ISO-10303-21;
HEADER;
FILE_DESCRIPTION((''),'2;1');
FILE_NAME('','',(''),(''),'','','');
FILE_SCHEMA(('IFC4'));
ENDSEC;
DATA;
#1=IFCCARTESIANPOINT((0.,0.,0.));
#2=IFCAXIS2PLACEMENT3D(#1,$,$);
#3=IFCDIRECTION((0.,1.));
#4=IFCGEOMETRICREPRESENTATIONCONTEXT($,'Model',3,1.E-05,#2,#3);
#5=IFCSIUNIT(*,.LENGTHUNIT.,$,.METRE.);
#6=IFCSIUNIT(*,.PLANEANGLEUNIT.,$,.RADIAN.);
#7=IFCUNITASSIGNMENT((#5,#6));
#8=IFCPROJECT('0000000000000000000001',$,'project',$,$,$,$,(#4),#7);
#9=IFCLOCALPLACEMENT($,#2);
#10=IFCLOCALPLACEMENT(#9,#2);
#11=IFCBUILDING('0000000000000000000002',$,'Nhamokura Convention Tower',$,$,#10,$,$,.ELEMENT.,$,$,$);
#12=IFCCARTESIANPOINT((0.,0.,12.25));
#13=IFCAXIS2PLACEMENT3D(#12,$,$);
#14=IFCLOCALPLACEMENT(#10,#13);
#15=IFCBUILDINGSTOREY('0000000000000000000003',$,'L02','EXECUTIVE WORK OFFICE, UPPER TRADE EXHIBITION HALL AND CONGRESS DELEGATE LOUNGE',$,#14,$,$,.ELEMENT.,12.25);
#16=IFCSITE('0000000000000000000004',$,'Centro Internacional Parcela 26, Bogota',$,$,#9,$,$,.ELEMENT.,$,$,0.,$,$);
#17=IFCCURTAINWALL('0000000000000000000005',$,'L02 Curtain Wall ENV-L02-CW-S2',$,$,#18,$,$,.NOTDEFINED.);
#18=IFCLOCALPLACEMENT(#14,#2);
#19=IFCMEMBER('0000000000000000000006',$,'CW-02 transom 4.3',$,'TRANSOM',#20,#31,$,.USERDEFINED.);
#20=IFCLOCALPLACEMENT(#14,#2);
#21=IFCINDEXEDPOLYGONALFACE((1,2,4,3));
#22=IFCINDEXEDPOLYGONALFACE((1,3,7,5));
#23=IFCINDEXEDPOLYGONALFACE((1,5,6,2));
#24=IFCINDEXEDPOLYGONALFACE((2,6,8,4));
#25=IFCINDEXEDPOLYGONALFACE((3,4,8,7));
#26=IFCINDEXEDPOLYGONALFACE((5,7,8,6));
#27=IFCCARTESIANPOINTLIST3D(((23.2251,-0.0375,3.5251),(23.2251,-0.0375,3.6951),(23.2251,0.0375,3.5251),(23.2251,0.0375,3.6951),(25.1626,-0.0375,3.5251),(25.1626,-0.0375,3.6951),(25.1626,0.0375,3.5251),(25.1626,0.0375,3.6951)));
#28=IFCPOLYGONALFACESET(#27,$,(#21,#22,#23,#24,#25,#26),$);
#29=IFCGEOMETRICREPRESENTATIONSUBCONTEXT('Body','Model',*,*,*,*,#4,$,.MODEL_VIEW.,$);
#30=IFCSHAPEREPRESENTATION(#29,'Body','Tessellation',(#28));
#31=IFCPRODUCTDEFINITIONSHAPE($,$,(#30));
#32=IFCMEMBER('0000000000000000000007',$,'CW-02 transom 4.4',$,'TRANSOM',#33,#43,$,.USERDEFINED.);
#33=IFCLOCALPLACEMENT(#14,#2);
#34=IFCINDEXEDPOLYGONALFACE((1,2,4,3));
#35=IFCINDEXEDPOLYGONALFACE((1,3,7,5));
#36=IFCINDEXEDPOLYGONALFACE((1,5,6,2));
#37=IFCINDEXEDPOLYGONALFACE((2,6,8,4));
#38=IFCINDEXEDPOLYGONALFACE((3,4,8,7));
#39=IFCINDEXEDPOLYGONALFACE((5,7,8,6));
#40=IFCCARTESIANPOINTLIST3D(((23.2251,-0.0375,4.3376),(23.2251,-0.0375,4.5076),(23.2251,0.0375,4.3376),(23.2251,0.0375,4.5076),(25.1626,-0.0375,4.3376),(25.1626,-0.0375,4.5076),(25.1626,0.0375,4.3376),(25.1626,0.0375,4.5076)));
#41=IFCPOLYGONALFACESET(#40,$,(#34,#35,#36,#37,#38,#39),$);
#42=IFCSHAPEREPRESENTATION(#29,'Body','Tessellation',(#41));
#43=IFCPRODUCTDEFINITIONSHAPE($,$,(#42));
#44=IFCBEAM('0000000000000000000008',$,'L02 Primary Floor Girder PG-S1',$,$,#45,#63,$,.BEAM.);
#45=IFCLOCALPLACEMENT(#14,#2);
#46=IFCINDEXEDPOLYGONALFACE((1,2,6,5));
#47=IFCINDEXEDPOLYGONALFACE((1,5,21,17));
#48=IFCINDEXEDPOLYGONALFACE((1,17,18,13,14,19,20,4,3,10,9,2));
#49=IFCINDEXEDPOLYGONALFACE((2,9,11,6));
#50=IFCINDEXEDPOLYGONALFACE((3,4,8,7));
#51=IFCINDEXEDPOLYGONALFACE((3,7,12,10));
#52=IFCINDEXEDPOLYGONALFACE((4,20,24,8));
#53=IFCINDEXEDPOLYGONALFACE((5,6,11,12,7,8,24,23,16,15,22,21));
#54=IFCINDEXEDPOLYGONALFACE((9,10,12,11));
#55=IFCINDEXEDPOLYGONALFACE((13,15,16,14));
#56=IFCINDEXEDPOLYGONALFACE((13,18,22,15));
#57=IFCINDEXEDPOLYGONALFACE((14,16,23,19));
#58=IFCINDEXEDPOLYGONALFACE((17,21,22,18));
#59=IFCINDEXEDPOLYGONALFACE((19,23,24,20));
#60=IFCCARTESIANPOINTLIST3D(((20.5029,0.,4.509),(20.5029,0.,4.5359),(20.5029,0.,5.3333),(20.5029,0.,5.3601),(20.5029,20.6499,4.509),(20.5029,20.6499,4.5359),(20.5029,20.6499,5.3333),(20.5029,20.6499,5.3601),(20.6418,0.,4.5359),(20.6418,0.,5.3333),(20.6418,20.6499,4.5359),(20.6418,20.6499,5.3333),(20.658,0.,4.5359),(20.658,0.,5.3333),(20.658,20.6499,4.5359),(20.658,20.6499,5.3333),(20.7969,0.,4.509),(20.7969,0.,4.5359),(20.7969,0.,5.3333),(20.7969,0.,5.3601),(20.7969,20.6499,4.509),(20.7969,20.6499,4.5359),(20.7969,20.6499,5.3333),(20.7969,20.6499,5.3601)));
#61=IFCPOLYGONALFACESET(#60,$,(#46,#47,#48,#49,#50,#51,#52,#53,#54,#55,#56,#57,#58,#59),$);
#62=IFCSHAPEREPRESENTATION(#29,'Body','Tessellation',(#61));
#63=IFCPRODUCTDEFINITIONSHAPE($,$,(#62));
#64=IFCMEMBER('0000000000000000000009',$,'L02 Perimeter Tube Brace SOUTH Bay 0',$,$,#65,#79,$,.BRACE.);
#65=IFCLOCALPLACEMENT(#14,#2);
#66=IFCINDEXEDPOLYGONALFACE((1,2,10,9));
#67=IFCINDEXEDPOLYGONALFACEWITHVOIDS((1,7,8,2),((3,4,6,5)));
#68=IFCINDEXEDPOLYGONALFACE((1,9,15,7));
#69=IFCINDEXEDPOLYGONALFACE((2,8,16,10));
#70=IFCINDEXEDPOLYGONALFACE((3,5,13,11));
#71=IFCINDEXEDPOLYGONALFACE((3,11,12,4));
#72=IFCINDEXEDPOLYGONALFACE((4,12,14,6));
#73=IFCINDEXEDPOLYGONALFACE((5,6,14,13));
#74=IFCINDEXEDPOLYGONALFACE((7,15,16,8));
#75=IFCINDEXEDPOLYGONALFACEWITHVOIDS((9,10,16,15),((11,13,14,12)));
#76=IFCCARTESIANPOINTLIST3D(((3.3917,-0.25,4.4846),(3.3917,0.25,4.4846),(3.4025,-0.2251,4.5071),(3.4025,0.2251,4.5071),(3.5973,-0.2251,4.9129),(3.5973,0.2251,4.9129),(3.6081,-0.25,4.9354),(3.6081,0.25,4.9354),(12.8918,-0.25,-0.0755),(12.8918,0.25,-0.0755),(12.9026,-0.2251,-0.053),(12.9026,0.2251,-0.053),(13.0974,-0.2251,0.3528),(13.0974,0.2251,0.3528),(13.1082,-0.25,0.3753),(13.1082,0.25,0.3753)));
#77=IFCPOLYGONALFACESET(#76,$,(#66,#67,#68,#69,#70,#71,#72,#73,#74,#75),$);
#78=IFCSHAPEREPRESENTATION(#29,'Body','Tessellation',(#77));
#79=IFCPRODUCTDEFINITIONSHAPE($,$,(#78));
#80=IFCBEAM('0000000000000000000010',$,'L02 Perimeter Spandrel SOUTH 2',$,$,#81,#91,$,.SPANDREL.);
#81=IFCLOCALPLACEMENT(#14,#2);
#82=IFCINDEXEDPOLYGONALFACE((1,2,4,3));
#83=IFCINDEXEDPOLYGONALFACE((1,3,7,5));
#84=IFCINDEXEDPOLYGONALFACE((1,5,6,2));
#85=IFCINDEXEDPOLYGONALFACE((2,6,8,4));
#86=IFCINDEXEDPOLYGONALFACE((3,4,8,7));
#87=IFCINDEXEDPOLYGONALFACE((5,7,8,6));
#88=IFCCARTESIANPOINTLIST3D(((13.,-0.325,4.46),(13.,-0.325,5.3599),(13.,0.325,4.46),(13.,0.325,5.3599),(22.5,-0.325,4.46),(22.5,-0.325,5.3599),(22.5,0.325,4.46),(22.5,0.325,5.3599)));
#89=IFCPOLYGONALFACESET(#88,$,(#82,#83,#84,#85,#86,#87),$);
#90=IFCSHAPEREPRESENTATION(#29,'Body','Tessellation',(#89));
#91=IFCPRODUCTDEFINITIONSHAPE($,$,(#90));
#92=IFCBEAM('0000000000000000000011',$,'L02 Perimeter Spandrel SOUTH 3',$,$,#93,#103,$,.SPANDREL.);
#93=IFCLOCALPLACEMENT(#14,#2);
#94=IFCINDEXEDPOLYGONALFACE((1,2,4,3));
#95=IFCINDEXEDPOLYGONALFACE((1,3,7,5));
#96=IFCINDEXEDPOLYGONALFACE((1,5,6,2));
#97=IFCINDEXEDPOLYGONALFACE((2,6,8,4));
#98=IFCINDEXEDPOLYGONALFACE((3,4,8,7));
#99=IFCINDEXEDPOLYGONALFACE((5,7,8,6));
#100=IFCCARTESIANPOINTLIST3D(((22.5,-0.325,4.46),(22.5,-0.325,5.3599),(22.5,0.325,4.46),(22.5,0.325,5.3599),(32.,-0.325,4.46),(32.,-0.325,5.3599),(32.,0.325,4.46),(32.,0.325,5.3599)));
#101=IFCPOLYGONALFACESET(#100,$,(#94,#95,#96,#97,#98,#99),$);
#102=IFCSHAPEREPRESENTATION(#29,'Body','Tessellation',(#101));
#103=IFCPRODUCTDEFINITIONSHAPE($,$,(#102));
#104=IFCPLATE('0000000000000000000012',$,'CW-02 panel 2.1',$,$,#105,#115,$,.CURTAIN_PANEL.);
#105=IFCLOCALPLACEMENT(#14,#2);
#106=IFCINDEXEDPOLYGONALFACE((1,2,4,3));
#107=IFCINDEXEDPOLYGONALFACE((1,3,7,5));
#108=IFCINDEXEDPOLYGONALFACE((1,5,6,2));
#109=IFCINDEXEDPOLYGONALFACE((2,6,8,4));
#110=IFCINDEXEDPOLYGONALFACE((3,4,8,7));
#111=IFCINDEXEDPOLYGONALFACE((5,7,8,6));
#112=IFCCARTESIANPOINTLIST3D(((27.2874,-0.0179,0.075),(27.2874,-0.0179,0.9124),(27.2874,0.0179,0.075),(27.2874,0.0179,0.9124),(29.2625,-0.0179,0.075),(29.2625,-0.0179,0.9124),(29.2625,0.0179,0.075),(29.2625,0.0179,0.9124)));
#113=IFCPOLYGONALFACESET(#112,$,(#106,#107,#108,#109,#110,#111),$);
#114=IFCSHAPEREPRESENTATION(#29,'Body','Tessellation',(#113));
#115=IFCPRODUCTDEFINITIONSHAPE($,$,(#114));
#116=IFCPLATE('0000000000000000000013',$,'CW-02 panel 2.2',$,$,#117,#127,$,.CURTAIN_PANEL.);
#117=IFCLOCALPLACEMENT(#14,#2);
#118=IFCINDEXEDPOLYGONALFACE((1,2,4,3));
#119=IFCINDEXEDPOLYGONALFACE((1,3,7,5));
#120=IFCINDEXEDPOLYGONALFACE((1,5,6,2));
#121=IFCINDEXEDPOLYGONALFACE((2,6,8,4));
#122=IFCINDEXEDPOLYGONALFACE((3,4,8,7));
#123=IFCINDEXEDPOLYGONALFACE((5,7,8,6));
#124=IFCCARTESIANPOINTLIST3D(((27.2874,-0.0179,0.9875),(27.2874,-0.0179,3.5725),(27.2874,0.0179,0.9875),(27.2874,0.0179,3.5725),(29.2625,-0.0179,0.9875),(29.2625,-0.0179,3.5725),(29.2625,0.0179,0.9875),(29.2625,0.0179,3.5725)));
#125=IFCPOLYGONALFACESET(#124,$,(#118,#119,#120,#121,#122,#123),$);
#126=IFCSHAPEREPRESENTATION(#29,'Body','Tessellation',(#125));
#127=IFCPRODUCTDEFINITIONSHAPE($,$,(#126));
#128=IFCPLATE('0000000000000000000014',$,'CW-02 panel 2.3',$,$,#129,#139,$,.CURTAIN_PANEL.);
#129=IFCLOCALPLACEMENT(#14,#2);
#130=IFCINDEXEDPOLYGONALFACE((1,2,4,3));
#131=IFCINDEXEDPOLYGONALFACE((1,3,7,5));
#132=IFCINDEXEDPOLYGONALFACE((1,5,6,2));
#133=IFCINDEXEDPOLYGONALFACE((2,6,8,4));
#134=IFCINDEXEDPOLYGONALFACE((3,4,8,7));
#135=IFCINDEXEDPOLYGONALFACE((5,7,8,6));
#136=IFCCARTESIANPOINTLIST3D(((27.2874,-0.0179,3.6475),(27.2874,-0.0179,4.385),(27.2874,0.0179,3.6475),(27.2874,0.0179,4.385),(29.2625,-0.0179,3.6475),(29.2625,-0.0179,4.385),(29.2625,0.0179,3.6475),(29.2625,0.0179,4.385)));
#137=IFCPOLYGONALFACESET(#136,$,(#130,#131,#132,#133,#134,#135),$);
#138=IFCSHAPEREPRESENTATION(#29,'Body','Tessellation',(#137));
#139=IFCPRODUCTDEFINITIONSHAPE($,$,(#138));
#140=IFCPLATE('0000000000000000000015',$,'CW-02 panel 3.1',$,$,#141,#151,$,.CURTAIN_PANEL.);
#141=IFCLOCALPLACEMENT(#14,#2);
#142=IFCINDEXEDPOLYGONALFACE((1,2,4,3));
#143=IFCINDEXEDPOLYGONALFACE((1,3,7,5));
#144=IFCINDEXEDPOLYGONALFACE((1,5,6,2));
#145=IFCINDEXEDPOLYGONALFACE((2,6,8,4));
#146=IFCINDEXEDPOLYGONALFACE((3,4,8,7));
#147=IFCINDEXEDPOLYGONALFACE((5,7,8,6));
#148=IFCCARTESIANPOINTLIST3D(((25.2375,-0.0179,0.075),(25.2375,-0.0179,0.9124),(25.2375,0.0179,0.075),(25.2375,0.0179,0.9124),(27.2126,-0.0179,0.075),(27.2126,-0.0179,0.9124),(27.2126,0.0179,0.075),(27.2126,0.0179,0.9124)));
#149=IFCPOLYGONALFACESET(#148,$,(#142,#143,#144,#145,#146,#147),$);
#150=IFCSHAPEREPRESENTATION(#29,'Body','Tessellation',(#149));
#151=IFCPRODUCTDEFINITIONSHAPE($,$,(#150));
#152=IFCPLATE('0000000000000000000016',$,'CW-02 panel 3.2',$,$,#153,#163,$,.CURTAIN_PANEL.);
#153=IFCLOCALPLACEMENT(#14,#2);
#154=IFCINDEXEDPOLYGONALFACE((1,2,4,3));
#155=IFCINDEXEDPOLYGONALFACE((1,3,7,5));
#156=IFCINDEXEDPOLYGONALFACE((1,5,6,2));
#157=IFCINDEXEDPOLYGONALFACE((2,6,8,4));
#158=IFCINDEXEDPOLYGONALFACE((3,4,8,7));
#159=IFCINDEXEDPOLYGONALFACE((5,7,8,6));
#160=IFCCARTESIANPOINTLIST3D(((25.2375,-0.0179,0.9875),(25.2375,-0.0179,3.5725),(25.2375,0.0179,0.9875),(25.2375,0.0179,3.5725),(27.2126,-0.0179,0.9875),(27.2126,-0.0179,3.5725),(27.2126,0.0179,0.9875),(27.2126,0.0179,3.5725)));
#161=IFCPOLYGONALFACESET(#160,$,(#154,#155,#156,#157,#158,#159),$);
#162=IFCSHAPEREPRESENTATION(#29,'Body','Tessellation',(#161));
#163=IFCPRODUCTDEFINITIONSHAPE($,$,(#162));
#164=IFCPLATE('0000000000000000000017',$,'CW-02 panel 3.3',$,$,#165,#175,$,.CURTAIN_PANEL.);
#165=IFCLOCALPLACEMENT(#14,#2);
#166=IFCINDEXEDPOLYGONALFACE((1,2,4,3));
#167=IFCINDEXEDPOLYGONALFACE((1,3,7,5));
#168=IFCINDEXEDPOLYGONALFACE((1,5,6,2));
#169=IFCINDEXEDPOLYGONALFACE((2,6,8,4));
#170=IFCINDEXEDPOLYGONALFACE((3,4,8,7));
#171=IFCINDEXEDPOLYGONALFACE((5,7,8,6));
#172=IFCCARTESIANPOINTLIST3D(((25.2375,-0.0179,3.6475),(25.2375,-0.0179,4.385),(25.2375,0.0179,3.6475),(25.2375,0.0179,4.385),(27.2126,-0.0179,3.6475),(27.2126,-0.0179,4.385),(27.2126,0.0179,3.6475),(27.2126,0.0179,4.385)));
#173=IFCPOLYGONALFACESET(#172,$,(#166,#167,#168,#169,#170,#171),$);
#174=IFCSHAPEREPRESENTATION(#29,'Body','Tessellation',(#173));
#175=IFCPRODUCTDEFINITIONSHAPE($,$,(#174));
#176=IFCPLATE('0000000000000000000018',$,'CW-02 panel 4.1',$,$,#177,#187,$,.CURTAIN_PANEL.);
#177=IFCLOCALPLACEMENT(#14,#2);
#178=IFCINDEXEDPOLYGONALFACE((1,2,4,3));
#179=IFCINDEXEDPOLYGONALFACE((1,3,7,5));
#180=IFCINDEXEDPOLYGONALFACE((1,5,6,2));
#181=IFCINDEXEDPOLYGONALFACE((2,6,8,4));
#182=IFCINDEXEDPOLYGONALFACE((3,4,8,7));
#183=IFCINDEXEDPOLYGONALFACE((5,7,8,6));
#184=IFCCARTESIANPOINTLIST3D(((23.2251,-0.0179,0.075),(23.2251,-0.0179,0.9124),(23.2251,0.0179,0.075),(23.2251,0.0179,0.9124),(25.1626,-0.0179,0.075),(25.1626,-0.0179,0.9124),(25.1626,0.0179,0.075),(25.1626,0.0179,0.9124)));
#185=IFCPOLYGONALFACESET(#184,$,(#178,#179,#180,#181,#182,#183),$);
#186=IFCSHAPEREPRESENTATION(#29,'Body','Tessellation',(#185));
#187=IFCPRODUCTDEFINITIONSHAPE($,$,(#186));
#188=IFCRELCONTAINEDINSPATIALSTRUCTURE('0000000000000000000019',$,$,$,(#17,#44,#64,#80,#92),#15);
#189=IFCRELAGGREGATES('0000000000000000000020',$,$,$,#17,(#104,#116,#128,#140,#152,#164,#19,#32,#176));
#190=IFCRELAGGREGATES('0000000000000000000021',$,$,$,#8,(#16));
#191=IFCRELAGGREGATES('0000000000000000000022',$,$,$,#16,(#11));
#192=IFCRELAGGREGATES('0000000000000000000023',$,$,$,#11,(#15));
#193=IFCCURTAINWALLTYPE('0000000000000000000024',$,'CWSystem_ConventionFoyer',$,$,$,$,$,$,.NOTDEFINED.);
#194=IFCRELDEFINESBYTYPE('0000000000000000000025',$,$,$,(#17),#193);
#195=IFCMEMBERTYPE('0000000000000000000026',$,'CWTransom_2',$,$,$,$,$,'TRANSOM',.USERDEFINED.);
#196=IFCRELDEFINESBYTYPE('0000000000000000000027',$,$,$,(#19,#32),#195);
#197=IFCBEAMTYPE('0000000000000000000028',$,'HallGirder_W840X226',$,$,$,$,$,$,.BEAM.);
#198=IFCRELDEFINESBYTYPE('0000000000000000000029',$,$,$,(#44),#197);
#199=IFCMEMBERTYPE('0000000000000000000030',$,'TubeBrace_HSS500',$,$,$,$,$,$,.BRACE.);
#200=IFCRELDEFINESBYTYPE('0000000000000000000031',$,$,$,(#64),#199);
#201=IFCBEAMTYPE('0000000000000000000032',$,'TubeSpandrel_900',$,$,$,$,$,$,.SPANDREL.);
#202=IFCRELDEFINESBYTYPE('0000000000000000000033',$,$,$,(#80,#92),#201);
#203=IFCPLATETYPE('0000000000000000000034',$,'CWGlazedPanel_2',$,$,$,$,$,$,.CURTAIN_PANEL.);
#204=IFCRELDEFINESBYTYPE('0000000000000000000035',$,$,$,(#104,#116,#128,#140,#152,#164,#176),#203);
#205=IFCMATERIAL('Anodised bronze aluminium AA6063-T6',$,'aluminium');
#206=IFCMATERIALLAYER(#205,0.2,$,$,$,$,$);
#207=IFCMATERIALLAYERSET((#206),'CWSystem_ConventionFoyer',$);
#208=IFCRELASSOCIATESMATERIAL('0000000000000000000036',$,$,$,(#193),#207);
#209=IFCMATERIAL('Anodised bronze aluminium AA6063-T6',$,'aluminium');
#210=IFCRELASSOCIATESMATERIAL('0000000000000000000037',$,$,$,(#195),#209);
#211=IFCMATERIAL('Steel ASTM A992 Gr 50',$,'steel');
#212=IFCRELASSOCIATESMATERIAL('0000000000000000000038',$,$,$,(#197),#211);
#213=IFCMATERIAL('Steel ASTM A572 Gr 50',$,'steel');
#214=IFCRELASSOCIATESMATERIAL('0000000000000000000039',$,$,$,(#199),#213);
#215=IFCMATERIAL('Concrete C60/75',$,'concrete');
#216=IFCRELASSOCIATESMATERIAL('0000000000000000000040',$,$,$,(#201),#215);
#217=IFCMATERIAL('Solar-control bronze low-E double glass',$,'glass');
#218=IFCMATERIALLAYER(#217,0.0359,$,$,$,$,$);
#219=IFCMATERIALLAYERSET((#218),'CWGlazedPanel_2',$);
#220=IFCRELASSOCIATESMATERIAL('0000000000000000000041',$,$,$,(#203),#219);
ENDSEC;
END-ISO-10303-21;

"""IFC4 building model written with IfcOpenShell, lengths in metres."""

from ifc_helpers import new_model, si_unit, direction, frame, origin, origin_2d, place, context, subcontext, project, spatial, rectangle, hollow_rectangle, i_section, extrude, material, layer, layer_set, material_profile, profile_set, type_object, element, aggregate, save


model = new_model("IFC4")

# Units and contexts
model_context = context("Model", 3, precision=1e-05, world=origin(), true_north=direction((0.0, 1.0)))
body_context = subcontext(model_context, "Body", "Model", "MODEL_VIEW")
ifc_project = project(units=[si_unit("LENGTHUNIT", "METRE"), si_unit("PLANEANGLEUNIT", "RADIAN")], contexts=[model_context])

# Site, building, storey
site_placement = place(None, origin())
site = spatial("IfcSite", under=ifc_project, at=site_placement, Name="Centro Internacional Parcela 26, Bogota", CompositionType="ELEMENT", RefElevation=0.0)
building_placement = place(site_placement, origin())
building = spatial("IfcBuilding", under=site, at=building_placement, Name="Nhamokura Convention Tower", CompositionType="ELEMENT")
storey_placement = place(building_placement, frame((0.0, 0.0, 12.25)))
storey = spatial("IfcBuildingStorey", under=building, at=storey_placement, Name="L02", Description="EXECUTIVE WORK OFFICE, UPPER TRADE EXHIBITION HALL AND CONGRESS DELEGATE LOUNGE", CompositionType="ELEMENT", Elevation=12.25)

# Curtain wall, members
ifc_material_1 = material(Name="Anodised bronze aluminium AA6063-T6", Category="aluminium")
ifc_layer_1 = layer(ifc_material_1, 0.2)
ifc_layer_set_1 = layer_set([ifc_layer_1], Name="CWSystem_ConventionFoyer")
curtain_wall_type = type_object("IfcCurtainWallType", Name="CWSystem_ConventionFoyer", PredefinedType="NOTDEFINED", material=ifc_layer_set_1)
curtain_wall_placement = place(storey_placement, origin())
curtain_wall = element("IfcCurtainWall", 1, at=curtain_wall_placement, inside=storey, type_object=curtain_wall_type, Name="L02 Curtain Wall ENV-L02-CW-S2", PredefinedType="NOTDEFINED")
ifc_material_2 = material(Name="Anodised bronze aluminium AA6063-T6", Category="aluminium")
ifc_material_profile_1 = material_profile(ifc_material_2, rectangle(XDim=0.075, YDim=0.1699, at=origin_2d()))
ifc_profile_set_1 = profile_set([ifc_material_profile_1], Name="Anodised bronze aluminium AA6063-T6")
member_type_1 = type_object("IfcMemberType", Name="CWTransom_2", ElementType="TRANSOM", PredefinedType="USERDEFINED", material=ifc_profile_set_1)
member_1_placement = place(storey_placement, frame((25.1626, 0.0, 3.6101), z_axis=(-1.0, 0.0, 0.0), x_axis=(0.0, -1.0, 0.0)))
member_1 = element("IfcMember", 2, at=member_1_placement, type_object=member_type_1, Name="CW-02 transom 4.3", ObjectType="TRANSOM", PredefinedType="USERDEFINED", context=body_context, shape_type="SweptSolid", body=[
    extrude(rectangle(XDim=0.075, YDim=0.1699, at=origin_2d()), origin(), (0.0, 0.0, 1.0), 1.9375),
])
member_2_placement = place(storey_placement, frame((25.1626, 0.0, 4.4226), z_axis=(-1.0, 0.0, 0.0), x_axis=(0.0, -1.0, 0.0)))
member_2 = element("IfcMember", 3, at=member_2_placement, type_object=member_type_1, Name="CW-02 transom 4.4", ObjectType="TRANSOM", PredefinedType="USERDEFINED", context=body_context, shape_type="SweptSolid", body=[
    extrude(rectangle(XDim=0.075, YDim=0.1699, at=origin_2d()), origin(), (0.0, 0.0, 1.0), 1.9375),
])

# Beam
ifc_material_3 = material(Name="Steel ASTM A992 Gr 50", Category="steel")
ifc_material_profile_2 = material_profile(ifc_material_3, i_section(OverallWidth=0.2939, OverallDepth=0.8511, WebThickness=0.0161, FlangeThickness=0.0269, at=origin_2d()))
ifc_profile_set_2 = profile_set([ifc_material_profile_2], Name="Steel ASTM A992 Gr 50")
beam_type_1 = type_object("IfcBeamType", Name="HallGirder_W840X226", PredefinedType="BEAM", material=ifc_profile_set_2)
beam_placement = place(storey_placement, frame((20.6499, 0.0, 4.9346), z_axis=(0.0, 1.0, 0.0), x_axis=(-1.0, 0.0, 0.0)))
element("IfcBeam", 4, at=beam_placement, inside=storey, type_object=beam_type_1, Name="L02 Primary Floor Girder PG-S1", PredefinedType="BEAM", context=body_context, shape_type="SweptSolid", body=[
    extrude(i_section(OverallWidth=0.2939, OverallDepth=0.8511, WebThickness=0.0161, FlangeThickness=0.0269, at=origin_2d()), origin(), (0.0, 0.0, 1.0), 20.6499),
])

# Member
ifc_material_4 = material(Name="Steel ASTM A572 Gr 50", Category="steel")
ifc_material_profile_3 = material_profile(ifc_material_4, hollow_rectangle(XDim=0.5, YDim=0.5, WallThickness=0.0249, at=origin_2d()))
ifc_profile_set_3 = profile_set([ifc_material_profile_3], Name="Steel ASTM A572 Gr 50")
member_type_2 = type_object("IfcMemberType", Name="TubeBrace_HSS500", PredefinedType="BRACE", material=ifc_profile_set_3)
member_3_placement = place(storey_placement, frame((13.0, 0.0, 0.1499), z_axis=(-0.901521, 0.0, 0.432736), x_axis=(0.0, -1.0, 0.0)))
element("IfcMember", 5, at=member_3_placement, inside=storey, type_object=member_type_2, Name="L02 Perimeter Tube Brace SOUTH Bay 0", PredefinedType="BRACE", context=body_context, shape_type="SweptSolid", body=[
    extrude(hollow_rectangle(XDim=0.5, YDim=0.5, WallThickness=0.0249, at=origin_2d()), origin(), (0.0, 0.0, 1.0), 10.5378),
])

# Beams
ifc_material_5 = material(Name="Concrete C60/75", Category="concrete")
ifc_material_profile_4 = material_profile(ifc_material_5, rectangle(XDim=0.6499, YDim=0.8999, at=origin_2d()))
ifc_profile_set_4 = profile_set([ifc_material_profile_4], Name="Concrete C60/75")
beam_type_2 = type_object("IfcBeamType", Name="TubeSpandrel_900", PredefinedType="SPANDREL", material=ifc_profile_set_4)
for number, where, z_axis, x_axis, name in (
    (6, (13.0, 0.0, 4.9099), (1.0, 0.0, 0.0), (0.0, 1.0, 0.0), "L02 Perimeter Spandrel SOUTH 2"),
    (7, (22.5, 0.0, 4.9099), (1.0, 0.0, 0.0), (0.0, 1.0, 0.0), "L02 Perimeter Spandrel SOUTH 3"),
):
    element("IfcBeam", number, at=place(storey_placement, frame(where, z_axis=z_axis, x_axis=x_axis)), inside=storey, type_object=beam_type_2, Name=name, PredefinedType="SPANDREL", context=body_context, shape_type="SweptSolid", body=[
        extrude(rectangle(XDim=0.6499, YDim=0.8999, at=origin_2d()), origin(), (0.0, 0.0, 1.0), 9.5),
    ])

# Plates
ifc_material_6 = material(Name="Solar-control bronze low-E double glass", Category="glass")
ifc_layer_2 = layer(ifc_material_6, 0.0359)
ifc_layer_set_2 = layer_set([ifc_layer_2], Name="CWGlazedPanel_2")
plate_type = type_object("IfcPlateType", Name="CWGlazedPanel_2", PredefinedType="CURTAIN_PANEL", material=ifc_layer_set_2)
plate_1_placement = place(storey_placement, frame((28.2749, 0.0, 0.075), z_axis=(0.0, 0.0, 1.0), x_axis=(-1.0, 0.0, 0.0)))
plate_1 = element("IfcPlate", 8, at=plate_1_placement, type_object=plate_type, Name="CW-02 panel 2.1", PredefinedType="CURTAIN_PANEL", context=body_context, shape_type="SweptSolid", body=[
    extrude(rectangle(XDim=1.9751, YDim=0.0359, at=origin_2d()), origin(), (0.0, 0.0, 1.0), 0.8374),
])
plate_2_placement = place(storey_placement, frame((28.2749, 0.0, 0.9875), z_axis=(0.0, 0.0, 1.0), x_axis=(-1.0, 0.0, 0.0)))
plate_2 = element("IfcPlate", 9, at=plate_2_placement, type_object=plate_type, Name="CW-02 panel 2.2", PredefinedType="CURTAIN_PANEL", context=body_context, shape_type="SweptSolid", body=[
    extrude(rectangle(XDim=1.9751, YDim=0.0359, at=origin_2d()), origin(), (0.0, 0.0, 1.0), 2.585),
])
plate_3_placement = place(storey_placement, frame((28.2749, 0.0, 3.6475), z_axis=(0.0, 0.0, 1.0), x_axis=(-1.0, 0.0, 0.0)))
plate_3 = element("IfcPlate", 10, at=plate_3_placement, type_object=plate_type, Name="CW-02 panel 2.3", PredefinedType="CURTAIN_PANEL", context=body_context, shape_type="SweptSolid", body=[
    extrude(rectangle(XDim=1.9751, YDim=0.0359, at=origin_2d()), origin(), (0.0, 0.0, 1.0), 0.7375),
])
plate_4_placement = place(storey_placement, frame((26.2251, 0.0, 0.075), z_axis=(0.0, 0.0, 1.0), x_axis=(-1.0, 0.0, 0.0)))
plate_4 = element("IfcPlate", 11, at=plate_4_placement, type_object=plate_type, Name="CW-02 panel 3.1", PredefinedType="CURTAIN_PANEL", context=body_context, shape_type="SweptSolid", body=[
    extrude(rectangle(XDim=1.9751, YDim=0.0359, at=origin_2d()), origin(), (0.0, 0.0, 1.0), 0.8374),
])
plate_5_placement = place(storey_placement, frame((26.2251, 0.0, 0.9875), z_axis=(0.0, 0.0, 1.0), x_axis=(-1.0, 0.0, 0.0)))
plate_5 = element("IfcPlate", 12, at=plate_5_placement, type_object=plate_type, Name="CW-02 panel 3.2", PredefinedType="CURTAIN_PANEL", context=body_context, shape_type="SweptSolid", body=[
    extrude(rectangle(XDim=1.9751, YDim=0.0359, at=origin_2d()), origin(), (0.0, 0.0, 1.0), 2.585),
])
plate_6_placement = place(storey_placement, frame((26.2251, 0.0, 3.6475), z_axis=(0.0, 0.0, 1.0), x_axis=(-1.0, 0.0, 0.0)))
plate_6 = element("IfcPlate", 13, at=plate_6_placement, type_object=plate_type, Name="CW-02 panel 3.3", PredefinedType="CURTAIN_PANEL", context=body_context, shape_type="SweptSolid", body=[
    extrude(rectangle(XDim=1.9751, YDim=0.0359, at=origin_2d()), origin(), (0.0, 0.0, 1.0), 0.7375),
])
plate_7_placement = place(storey_placement, frame((24.1938, 0.0, 0.075), z_axis=(0.0, 0.0, 1.0), x_axis=(-1.0, 0.0, 0.0)))
plate_7 = element("IfcPlate", 14, at=plate_7_placement, type_object=plate_type, Name="CW-02 panel 4.1", PredefinedType="CURTAIN_PANEL", context=body_context, shape_type="SweptSolid", body=[
    extrude(rectangle(XDim=1.9375, YDim=0.0359, at=origin_2d()), origin(), (0.0, 0.0, 1.0), 0.8374),
])
aggregate(curtain_wall, [plate_1, plate_2, plate_3, plate_4, plate_5, plate_6, member_1, member_2, plate_7])

save(model, "model.ifc")
